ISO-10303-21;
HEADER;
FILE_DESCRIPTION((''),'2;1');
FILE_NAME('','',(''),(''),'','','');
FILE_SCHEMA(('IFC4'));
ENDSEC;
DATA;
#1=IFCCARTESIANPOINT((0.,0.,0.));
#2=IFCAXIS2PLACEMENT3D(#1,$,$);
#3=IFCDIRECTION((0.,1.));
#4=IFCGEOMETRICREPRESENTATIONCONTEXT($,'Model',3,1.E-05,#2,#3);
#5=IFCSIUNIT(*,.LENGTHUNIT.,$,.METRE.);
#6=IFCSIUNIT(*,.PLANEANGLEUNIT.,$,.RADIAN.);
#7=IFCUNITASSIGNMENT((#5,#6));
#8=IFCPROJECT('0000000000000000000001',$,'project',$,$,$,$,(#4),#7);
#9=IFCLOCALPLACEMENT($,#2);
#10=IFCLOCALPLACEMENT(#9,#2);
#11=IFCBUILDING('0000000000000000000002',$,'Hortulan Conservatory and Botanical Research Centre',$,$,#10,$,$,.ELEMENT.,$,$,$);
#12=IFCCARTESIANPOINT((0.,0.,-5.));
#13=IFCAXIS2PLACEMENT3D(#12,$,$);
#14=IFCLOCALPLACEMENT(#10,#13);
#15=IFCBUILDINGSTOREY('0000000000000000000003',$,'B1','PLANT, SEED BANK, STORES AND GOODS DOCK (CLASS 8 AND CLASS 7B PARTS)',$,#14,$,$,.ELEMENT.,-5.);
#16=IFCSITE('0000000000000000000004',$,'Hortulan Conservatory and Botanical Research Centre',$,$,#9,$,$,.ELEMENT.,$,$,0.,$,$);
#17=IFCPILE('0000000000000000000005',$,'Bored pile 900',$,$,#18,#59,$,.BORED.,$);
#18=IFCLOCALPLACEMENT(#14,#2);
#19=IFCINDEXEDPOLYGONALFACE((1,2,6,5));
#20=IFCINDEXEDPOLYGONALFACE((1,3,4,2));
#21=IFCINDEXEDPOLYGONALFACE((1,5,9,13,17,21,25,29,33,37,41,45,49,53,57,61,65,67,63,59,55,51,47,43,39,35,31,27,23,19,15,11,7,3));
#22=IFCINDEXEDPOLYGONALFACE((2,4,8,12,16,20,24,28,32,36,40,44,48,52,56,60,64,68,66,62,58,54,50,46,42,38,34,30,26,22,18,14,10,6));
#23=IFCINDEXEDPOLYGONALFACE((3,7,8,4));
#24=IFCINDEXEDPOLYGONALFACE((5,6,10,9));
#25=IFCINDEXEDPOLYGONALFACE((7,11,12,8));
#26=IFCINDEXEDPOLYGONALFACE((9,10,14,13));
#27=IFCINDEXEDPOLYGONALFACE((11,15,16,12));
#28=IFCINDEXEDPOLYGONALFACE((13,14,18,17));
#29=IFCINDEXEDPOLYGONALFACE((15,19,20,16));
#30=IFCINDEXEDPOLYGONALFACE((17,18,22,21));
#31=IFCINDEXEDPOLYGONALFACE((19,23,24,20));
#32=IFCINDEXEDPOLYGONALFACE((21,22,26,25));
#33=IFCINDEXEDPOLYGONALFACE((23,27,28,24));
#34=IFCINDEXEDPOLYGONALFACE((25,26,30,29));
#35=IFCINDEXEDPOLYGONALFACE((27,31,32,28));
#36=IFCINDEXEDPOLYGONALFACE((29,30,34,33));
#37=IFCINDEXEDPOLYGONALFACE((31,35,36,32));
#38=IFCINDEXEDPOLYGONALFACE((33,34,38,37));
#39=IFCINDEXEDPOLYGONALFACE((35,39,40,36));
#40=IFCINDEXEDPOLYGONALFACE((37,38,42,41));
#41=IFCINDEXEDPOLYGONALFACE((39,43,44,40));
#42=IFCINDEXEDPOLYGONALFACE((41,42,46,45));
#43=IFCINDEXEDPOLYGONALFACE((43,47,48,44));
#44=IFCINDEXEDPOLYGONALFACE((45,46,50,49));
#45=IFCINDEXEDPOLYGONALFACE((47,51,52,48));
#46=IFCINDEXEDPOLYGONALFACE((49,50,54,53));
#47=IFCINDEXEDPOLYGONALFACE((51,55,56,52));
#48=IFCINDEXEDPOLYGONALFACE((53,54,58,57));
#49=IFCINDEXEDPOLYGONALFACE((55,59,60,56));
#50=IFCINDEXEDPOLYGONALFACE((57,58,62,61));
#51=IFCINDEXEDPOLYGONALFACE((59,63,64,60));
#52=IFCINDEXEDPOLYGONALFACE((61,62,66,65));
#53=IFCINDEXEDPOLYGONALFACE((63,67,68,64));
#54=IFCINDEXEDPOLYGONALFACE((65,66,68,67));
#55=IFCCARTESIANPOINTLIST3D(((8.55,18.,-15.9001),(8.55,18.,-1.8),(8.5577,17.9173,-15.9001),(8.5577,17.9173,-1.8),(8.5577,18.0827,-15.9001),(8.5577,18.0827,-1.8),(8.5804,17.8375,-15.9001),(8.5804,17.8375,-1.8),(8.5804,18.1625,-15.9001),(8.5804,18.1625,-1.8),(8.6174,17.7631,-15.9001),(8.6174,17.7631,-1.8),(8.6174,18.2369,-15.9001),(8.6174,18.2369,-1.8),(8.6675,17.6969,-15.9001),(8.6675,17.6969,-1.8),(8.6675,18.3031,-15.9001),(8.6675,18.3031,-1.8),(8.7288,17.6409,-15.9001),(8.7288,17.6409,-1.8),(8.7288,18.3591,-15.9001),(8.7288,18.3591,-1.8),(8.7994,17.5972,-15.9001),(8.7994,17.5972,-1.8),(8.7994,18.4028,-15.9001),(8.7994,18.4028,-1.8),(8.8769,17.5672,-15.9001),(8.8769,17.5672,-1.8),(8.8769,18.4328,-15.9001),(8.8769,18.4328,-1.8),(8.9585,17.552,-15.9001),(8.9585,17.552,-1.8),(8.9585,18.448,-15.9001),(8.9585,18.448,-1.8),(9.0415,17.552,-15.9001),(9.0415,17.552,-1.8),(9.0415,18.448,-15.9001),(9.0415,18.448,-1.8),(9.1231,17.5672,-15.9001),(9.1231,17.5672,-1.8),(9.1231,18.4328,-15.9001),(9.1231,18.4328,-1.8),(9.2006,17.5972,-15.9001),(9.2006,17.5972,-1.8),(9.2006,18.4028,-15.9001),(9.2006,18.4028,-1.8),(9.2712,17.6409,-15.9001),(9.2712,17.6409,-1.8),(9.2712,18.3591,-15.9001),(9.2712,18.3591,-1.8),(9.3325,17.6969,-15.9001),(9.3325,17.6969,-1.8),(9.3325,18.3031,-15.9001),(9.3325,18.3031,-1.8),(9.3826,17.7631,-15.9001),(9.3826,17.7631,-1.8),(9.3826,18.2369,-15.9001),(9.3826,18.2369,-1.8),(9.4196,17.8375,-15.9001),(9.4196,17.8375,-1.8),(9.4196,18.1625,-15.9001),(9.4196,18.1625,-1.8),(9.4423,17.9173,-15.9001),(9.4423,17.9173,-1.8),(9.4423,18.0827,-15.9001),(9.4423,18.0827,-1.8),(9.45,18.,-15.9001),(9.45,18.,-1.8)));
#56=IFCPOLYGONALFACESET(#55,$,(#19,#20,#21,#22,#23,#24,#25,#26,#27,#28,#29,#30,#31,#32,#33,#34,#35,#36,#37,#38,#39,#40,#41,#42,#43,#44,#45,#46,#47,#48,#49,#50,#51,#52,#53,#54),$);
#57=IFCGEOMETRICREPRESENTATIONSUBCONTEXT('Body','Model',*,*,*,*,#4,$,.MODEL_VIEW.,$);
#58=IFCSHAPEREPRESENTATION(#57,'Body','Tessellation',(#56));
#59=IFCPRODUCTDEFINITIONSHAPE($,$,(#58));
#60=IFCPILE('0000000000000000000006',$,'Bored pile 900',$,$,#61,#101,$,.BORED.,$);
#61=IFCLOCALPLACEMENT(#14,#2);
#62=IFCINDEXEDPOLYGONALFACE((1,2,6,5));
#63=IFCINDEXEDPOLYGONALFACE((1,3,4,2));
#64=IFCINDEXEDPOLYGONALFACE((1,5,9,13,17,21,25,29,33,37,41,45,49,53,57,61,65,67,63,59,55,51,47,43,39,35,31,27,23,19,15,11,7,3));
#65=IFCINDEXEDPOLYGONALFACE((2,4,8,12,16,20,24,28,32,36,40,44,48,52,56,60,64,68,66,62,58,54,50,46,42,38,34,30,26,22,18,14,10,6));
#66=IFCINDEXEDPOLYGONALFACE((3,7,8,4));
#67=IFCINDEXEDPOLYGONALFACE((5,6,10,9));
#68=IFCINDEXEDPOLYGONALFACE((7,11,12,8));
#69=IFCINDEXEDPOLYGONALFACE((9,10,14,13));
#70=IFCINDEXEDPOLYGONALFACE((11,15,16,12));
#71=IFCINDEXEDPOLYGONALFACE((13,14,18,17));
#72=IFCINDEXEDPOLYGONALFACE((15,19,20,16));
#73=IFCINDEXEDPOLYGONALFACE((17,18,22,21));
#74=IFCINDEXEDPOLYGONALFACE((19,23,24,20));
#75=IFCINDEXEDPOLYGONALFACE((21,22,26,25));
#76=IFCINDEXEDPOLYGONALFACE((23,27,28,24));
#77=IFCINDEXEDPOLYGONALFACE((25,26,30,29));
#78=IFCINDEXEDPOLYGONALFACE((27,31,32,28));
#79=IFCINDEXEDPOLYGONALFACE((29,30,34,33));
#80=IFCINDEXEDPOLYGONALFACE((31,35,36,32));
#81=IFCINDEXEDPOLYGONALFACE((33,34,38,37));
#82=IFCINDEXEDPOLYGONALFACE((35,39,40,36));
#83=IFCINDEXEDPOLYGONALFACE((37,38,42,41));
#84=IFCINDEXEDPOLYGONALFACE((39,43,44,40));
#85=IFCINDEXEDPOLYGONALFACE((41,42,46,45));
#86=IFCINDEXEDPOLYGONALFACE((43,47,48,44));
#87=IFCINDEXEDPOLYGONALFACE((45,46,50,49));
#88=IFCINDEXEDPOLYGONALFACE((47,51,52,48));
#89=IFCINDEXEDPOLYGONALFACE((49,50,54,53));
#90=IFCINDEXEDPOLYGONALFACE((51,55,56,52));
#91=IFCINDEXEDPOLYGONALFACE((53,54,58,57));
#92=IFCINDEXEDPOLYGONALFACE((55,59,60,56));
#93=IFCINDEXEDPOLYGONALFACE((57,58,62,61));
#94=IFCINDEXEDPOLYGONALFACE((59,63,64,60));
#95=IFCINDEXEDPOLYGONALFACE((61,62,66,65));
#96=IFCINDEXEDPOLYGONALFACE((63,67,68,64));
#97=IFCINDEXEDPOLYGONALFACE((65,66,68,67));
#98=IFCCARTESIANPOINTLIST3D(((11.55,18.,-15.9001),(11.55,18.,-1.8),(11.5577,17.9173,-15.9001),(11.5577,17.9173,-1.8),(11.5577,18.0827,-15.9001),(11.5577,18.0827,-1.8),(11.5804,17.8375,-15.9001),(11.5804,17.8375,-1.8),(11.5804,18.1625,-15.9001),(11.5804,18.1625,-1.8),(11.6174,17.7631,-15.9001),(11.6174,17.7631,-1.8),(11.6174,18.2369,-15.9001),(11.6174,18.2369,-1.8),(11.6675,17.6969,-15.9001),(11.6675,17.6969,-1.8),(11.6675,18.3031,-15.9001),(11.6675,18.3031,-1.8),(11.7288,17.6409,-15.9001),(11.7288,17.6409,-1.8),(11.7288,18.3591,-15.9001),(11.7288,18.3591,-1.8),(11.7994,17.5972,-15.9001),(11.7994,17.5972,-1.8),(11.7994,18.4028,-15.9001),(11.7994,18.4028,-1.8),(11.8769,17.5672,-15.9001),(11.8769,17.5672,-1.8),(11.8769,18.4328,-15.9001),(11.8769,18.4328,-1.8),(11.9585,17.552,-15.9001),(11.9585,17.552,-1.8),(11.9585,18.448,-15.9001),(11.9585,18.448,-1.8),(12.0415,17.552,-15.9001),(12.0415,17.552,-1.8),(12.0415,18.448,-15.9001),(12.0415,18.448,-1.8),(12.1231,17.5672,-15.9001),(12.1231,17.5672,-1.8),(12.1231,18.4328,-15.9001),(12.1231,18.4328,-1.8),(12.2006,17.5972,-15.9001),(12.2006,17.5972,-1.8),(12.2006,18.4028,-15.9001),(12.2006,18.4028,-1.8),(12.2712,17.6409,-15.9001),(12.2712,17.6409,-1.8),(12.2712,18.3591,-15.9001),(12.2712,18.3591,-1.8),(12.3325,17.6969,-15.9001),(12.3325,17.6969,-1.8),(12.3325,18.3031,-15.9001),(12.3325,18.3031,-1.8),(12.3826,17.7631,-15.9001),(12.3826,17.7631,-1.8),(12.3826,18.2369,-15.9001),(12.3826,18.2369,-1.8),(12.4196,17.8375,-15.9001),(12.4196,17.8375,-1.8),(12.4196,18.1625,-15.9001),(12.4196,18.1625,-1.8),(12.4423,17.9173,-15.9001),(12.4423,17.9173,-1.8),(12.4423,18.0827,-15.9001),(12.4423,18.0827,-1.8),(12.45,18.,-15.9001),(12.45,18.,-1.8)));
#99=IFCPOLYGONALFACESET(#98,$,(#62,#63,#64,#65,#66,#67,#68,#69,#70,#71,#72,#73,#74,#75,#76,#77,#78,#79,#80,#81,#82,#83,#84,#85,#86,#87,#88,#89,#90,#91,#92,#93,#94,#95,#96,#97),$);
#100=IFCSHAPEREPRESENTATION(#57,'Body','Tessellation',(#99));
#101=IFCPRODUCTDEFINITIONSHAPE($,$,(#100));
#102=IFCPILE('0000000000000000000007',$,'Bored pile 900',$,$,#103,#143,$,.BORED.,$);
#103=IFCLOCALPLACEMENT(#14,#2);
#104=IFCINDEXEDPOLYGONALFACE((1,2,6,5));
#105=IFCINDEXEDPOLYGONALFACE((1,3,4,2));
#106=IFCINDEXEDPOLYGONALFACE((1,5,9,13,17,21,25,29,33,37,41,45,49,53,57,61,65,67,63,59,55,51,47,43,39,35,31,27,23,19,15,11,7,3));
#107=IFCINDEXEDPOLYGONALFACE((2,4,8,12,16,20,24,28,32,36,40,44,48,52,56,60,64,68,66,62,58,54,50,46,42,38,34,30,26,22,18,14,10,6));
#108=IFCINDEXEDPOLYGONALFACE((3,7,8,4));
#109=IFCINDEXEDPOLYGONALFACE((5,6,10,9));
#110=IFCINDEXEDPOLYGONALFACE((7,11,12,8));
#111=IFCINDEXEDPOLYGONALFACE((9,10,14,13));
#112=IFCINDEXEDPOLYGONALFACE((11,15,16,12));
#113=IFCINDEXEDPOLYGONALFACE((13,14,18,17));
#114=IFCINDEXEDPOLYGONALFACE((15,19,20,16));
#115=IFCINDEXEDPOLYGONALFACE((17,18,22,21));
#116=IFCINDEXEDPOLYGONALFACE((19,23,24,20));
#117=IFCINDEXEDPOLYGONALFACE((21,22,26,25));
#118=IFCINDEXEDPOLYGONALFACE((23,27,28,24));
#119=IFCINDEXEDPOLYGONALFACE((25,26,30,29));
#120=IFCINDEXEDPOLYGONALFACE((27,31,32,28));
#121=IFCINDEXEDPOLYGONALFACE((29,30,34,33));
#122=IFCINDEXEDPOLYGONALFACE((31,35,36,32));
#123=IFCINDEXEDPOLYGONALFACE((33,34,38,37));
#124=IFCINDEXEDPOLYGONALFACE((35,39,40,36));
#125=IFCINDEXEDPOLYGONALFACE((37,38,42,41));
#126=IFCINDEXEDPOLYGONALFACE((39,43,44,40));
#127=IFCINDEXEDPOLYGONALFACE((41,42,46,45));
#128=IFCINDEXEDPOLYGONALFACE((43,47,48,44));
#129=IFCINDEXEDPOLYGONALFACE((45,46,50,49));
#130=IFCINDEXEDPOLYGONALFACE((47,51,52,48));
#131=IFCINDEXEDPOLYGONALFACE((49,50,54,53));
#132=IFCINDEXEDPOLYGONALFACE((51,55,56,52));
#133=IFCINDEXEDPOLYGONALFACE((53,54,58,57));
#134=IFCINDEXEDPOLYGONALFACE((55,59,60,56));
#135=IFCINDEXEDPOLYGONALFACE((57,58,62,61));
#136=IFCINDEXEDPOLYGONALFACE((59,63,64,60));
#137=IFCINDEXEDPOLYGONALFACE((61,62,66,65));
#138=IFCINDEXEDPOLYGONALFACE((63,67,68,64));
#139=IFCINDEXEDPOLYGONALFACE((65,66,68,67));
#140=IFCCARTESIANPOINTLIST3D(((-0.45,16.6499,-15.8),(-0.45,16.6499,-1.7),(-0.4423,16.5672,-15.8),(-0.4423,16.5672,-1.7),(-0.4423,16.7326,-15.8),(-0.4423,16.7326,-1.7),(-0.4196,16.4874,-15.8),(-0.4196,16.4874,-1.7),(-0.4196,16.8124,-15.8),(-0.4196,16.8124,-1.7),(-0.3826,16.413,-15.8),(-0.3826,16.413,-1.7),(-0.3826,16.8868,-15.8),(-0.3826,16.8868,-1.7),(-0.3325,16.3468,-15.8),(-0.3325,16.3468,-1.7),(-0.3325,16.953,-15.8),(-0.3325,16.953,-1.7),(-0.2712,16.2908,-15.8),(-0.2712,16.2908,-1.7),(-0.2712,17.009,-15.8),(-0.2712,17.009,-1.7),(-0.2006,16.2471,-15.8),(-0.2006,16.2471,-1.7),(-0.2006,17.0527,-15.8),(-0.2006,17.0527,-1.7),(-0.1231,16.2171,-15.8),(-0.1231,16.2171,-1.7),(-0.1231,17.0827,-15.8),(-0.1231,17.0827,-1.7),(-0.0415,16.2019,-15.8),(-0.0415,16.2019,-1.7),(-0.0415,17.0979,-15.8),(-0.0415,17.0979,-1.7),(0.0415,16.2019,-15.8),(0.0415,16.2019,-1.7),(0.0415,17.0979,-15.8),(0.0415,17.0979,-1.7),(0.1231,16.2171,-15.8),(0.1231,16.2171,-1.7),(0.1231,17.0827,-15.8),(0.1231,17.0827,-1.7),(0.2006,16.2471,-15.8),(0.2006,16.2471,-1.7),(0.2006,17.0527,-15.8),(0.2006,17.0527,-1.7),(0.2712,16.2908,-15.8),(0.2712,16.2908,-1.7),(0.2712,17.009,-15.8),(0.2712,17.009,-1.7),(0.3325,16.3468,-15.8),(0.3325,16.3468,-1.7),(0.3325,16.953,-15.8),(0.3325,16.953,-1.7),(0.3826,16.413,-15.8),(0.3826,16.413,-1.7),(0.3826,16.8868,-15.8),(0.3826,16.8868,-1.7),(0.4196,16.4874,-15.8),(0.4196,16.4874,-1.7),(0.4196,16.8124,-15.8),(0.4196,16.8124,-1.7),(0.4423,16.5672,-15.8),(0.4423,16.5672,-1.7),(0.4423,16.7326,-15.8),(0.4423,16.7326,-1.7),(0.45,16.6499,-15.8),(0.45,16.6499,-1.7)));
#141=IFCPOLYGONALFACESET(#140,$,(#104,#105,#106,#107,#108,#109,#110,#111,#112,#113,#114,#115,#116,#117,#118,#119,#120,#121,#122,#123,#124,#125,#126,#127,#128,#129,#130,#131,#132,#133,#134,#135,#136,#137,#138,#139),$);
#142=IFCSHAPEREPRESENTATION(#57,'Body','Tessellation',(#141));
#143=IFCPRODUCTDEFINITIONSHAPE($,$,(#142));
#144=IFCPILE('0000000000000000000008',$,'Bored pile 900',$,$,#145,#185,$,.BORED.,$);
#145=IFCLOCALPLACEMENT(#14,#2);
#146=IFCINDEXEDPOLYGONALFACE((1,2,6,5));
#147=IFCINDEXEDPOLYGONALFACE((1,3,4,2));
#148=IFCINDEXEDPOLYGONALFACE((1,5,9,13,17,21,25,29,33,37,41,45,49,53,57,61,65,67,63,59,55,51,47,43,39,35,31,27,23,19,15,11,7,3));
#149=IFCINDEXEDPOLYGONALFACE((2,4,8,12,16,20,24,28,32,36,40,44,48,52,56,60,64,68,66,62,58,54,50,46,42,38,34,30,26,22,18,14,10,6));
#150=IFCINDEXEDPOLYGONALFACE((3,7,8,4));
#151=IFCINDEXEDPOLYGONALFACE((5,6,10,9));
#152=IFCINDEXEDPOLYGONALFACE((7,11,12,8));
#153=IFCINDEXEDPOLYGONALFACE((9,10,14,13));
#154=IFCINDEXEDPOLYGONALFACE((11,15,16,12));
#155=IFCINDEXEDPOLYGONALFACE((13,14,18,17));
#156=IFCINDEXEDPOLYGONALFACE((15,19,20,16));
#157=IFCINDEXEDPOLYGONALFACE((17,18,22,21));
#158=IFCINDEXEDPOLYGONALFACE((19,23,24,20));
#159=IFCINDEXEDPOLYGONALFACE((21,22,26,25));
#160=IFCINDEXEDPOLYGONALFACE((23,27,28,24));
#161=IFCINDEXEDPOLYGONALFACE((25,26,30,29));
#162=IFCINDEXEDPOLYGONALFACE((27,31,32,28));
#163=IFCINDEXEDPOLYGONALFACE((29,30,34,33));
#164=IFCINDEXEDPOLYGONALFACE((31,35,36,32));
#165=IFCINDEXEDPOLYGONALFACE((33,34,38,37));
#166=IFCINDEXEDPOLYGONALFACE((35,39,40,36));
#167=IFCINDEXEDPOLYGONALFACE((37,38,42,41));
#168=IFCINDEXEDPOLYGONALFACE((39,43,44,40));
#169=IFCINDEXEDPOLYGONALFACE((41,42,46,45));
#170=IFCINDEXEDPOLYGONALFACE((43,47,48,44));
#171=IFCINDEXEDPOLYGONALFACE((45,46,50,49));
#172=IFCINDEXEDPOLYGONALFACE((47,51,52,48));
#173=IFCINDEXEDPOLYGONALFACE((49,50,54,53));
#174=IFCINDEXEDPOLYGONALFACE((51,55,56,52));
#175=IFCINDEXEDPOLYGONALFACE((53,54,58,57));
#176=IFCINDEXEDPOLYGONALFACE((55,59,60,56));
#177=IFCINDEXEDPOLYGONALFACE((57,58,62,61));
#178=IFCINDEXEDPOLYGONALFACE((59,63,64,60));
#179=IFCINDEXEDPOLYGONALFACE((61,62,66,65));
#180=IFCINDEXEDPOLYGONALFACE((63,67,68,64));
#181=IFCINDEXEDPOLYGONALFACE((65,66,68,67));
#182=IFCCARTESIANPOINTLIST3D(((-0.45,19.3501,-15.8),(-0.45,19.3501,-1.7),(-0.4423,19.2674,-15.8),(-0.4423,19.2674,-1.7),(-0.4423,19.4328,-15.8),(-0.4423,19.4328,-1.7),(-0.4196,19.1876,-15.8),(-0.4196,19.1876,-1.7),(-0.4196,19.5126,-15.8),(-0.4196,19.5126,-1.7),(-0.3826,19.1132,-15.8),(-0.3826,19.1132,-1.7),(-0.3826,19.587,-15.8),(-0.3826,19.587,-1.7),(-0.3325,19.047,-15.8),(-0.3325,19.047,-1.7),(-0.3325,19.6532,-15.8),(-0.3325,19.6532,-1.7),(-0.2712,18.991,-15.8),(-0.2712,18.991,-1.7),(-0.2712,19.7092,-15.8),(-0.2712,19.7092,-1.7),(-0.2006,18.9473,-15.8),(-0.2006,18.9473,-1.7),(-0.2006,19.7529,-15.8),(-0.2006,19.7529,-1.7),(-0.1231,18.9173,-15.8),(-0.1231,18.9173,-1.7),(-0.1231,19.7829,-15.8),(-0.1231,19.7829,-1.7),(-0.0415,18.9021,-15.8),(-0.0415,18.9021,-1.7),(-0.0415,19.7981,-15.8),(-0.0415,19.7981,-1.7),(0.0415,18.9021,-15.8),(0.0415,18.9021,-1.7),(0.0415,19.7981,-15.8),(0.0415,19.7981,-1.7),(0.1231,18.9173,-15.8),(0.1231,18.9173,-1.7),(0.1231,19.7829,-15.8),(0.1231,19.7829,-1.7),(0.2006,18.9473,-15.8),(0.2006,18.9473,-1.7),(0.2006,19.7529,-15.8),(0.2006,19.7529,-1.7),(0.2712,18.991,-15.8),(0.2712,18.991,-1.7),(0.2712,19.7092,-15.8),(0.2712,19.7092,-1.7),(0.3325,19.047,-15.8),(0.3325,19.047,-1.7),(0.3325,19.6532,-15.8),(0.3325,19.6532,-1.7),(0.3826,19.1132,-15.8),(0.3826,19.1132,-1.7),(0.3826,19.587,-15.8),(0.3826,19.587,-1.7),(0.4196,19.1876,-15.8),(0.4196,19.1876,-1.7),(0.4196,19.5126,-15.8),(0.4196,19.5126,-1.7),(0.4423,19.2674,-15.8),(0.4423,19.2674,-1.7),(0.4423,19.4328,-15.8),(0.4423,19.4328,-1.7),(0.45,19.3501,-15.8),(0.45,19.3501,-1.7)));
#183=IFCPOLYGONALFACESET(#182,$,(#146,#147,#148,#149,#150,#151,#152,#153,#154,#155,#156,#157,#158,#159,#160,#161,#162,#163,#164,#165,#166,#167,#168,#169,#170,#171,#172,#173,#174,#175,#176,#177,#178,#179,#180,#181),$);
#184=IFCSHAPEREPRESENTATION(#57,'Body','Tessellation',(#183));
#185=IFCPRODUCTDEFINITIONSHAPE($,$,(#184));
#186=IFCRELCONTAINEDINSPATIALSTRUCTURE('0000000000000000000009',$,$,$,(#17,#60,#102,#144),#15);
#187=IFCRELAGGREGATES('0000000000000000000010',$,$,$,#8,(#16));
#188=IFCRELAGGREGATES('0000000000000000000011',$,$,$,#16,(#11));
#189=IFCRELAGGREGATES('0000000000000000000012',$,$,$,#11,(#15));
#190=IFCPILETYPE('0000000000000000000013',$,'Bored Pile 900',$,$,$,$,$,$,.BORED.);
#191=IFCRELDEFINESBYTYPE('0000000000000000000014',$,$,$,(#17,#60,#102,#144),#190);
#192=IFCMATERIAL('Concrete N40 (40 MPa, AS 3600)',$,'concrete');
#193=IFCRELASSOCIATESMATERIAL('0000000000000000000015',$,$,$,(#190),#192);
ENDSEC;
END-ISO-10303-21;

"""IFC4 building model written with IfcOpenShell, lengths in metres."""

from ifc_helpers import new_model, si_unit, direction, frame, origin, origin_2d, place, context, subcontext, project, spatial, circle, extrude, material, material_profile, profile_set, type_object, element, save


model = new_model("IFC4")

# Units and contexts
model_context = context("Model", 3, precision=1e-05, world=origin(), true_north=direction((0.0, 1.0)))
body_context = subcontext(model_context, "Body", "Model", "MODEL_VIEW")
ifc_project = project(units=[si_unit("LENGTHUNIT", "METRE"), si_unit("PLANEANGLEUNIT", "RADIAN")], contexts=[model_context])

# Site, building, storey
site_placement = place(None, origin())
site = spatial("IfcSite", under=ifc_project, at=site_placement, Name="Hortulan Conservatory and Botanical Research Centre", CompositionType="ELEMENT", RefElevation=0.0)
building_placement = place(site_placement, origin())
building = spatial("IfcBuilding", under=site, at=building_placement, Name="Hortulan Conservatory and Botanical Research Centre", CompositionType="ELEMENT")
storey_placement = place(building_placement, frame((0.0, 0.0, -5.0)))
storey = spatial("IfcBuildingStorey", under=building, at=storey_placement, Name="B1", Description="PLANT, SEED BANK, STORES AND GOODS DOCK (CLASS 8 AND CLASS 7B PARTS)", CompositionType="ELEMENT", Elevation=-5.0)

# Piles
ifc_material_1 = material(Name="Concrete N40 (40 MPa, AS 3600)", Category="concrete")
ifc_material_profile_1 = material_profile(ifc_material_1, circle(Radius=0.45, at=origin_2d()), Name="Bored pile 900 diameter")
ifc_profile_set_1 = profile_set([ifc_material_profile_1], Name="Concrete N40 (40 MPa, AS 3600)")
pile_type = type_object("IfcPileType", Name="Bored Pile 900", PredefinedType="BORED", material=ifc_profile_set_1)
for number, where, z_axis, x_axis, name in (
    (1, (9.0, 18.0, -1.8), (0.0, 0.0, -1.0), (1.0, 0.0, 0.0), "Bored pile 900"),
    (2, (12.0, 18.0, -1.8), (0.0, 0.0, -1.0), (1.0, 0.0, 0.0), "Bored pile 900"),
    (3, (0.0, 16.6499, -1.7), (0.0, 0.0, -1.0), (1.0, 0.0, 0.0), "Bored pile 900"),
    (4, (0.0, 19.3501, -1.7), (0.0, 0.0, -1.0), (1.0, 0.0, 0.0), "Bored pile 900"),
):
    element("IfcPile", number, at=place(storey_placement, frame(where, z_axis=z_axis, x_axis=x_axis)), inside=storey, type_object=pile_type, Name=name, PredefinedType="BORED", context=body_context, shape_type="SweptSolid", body=[
        extrude(circle(Radius=0.45, at=origin_2d()), origin(), (0.0, 0.0, 1.0), 14.1001),
    ])

save(model, "model.ifc")
